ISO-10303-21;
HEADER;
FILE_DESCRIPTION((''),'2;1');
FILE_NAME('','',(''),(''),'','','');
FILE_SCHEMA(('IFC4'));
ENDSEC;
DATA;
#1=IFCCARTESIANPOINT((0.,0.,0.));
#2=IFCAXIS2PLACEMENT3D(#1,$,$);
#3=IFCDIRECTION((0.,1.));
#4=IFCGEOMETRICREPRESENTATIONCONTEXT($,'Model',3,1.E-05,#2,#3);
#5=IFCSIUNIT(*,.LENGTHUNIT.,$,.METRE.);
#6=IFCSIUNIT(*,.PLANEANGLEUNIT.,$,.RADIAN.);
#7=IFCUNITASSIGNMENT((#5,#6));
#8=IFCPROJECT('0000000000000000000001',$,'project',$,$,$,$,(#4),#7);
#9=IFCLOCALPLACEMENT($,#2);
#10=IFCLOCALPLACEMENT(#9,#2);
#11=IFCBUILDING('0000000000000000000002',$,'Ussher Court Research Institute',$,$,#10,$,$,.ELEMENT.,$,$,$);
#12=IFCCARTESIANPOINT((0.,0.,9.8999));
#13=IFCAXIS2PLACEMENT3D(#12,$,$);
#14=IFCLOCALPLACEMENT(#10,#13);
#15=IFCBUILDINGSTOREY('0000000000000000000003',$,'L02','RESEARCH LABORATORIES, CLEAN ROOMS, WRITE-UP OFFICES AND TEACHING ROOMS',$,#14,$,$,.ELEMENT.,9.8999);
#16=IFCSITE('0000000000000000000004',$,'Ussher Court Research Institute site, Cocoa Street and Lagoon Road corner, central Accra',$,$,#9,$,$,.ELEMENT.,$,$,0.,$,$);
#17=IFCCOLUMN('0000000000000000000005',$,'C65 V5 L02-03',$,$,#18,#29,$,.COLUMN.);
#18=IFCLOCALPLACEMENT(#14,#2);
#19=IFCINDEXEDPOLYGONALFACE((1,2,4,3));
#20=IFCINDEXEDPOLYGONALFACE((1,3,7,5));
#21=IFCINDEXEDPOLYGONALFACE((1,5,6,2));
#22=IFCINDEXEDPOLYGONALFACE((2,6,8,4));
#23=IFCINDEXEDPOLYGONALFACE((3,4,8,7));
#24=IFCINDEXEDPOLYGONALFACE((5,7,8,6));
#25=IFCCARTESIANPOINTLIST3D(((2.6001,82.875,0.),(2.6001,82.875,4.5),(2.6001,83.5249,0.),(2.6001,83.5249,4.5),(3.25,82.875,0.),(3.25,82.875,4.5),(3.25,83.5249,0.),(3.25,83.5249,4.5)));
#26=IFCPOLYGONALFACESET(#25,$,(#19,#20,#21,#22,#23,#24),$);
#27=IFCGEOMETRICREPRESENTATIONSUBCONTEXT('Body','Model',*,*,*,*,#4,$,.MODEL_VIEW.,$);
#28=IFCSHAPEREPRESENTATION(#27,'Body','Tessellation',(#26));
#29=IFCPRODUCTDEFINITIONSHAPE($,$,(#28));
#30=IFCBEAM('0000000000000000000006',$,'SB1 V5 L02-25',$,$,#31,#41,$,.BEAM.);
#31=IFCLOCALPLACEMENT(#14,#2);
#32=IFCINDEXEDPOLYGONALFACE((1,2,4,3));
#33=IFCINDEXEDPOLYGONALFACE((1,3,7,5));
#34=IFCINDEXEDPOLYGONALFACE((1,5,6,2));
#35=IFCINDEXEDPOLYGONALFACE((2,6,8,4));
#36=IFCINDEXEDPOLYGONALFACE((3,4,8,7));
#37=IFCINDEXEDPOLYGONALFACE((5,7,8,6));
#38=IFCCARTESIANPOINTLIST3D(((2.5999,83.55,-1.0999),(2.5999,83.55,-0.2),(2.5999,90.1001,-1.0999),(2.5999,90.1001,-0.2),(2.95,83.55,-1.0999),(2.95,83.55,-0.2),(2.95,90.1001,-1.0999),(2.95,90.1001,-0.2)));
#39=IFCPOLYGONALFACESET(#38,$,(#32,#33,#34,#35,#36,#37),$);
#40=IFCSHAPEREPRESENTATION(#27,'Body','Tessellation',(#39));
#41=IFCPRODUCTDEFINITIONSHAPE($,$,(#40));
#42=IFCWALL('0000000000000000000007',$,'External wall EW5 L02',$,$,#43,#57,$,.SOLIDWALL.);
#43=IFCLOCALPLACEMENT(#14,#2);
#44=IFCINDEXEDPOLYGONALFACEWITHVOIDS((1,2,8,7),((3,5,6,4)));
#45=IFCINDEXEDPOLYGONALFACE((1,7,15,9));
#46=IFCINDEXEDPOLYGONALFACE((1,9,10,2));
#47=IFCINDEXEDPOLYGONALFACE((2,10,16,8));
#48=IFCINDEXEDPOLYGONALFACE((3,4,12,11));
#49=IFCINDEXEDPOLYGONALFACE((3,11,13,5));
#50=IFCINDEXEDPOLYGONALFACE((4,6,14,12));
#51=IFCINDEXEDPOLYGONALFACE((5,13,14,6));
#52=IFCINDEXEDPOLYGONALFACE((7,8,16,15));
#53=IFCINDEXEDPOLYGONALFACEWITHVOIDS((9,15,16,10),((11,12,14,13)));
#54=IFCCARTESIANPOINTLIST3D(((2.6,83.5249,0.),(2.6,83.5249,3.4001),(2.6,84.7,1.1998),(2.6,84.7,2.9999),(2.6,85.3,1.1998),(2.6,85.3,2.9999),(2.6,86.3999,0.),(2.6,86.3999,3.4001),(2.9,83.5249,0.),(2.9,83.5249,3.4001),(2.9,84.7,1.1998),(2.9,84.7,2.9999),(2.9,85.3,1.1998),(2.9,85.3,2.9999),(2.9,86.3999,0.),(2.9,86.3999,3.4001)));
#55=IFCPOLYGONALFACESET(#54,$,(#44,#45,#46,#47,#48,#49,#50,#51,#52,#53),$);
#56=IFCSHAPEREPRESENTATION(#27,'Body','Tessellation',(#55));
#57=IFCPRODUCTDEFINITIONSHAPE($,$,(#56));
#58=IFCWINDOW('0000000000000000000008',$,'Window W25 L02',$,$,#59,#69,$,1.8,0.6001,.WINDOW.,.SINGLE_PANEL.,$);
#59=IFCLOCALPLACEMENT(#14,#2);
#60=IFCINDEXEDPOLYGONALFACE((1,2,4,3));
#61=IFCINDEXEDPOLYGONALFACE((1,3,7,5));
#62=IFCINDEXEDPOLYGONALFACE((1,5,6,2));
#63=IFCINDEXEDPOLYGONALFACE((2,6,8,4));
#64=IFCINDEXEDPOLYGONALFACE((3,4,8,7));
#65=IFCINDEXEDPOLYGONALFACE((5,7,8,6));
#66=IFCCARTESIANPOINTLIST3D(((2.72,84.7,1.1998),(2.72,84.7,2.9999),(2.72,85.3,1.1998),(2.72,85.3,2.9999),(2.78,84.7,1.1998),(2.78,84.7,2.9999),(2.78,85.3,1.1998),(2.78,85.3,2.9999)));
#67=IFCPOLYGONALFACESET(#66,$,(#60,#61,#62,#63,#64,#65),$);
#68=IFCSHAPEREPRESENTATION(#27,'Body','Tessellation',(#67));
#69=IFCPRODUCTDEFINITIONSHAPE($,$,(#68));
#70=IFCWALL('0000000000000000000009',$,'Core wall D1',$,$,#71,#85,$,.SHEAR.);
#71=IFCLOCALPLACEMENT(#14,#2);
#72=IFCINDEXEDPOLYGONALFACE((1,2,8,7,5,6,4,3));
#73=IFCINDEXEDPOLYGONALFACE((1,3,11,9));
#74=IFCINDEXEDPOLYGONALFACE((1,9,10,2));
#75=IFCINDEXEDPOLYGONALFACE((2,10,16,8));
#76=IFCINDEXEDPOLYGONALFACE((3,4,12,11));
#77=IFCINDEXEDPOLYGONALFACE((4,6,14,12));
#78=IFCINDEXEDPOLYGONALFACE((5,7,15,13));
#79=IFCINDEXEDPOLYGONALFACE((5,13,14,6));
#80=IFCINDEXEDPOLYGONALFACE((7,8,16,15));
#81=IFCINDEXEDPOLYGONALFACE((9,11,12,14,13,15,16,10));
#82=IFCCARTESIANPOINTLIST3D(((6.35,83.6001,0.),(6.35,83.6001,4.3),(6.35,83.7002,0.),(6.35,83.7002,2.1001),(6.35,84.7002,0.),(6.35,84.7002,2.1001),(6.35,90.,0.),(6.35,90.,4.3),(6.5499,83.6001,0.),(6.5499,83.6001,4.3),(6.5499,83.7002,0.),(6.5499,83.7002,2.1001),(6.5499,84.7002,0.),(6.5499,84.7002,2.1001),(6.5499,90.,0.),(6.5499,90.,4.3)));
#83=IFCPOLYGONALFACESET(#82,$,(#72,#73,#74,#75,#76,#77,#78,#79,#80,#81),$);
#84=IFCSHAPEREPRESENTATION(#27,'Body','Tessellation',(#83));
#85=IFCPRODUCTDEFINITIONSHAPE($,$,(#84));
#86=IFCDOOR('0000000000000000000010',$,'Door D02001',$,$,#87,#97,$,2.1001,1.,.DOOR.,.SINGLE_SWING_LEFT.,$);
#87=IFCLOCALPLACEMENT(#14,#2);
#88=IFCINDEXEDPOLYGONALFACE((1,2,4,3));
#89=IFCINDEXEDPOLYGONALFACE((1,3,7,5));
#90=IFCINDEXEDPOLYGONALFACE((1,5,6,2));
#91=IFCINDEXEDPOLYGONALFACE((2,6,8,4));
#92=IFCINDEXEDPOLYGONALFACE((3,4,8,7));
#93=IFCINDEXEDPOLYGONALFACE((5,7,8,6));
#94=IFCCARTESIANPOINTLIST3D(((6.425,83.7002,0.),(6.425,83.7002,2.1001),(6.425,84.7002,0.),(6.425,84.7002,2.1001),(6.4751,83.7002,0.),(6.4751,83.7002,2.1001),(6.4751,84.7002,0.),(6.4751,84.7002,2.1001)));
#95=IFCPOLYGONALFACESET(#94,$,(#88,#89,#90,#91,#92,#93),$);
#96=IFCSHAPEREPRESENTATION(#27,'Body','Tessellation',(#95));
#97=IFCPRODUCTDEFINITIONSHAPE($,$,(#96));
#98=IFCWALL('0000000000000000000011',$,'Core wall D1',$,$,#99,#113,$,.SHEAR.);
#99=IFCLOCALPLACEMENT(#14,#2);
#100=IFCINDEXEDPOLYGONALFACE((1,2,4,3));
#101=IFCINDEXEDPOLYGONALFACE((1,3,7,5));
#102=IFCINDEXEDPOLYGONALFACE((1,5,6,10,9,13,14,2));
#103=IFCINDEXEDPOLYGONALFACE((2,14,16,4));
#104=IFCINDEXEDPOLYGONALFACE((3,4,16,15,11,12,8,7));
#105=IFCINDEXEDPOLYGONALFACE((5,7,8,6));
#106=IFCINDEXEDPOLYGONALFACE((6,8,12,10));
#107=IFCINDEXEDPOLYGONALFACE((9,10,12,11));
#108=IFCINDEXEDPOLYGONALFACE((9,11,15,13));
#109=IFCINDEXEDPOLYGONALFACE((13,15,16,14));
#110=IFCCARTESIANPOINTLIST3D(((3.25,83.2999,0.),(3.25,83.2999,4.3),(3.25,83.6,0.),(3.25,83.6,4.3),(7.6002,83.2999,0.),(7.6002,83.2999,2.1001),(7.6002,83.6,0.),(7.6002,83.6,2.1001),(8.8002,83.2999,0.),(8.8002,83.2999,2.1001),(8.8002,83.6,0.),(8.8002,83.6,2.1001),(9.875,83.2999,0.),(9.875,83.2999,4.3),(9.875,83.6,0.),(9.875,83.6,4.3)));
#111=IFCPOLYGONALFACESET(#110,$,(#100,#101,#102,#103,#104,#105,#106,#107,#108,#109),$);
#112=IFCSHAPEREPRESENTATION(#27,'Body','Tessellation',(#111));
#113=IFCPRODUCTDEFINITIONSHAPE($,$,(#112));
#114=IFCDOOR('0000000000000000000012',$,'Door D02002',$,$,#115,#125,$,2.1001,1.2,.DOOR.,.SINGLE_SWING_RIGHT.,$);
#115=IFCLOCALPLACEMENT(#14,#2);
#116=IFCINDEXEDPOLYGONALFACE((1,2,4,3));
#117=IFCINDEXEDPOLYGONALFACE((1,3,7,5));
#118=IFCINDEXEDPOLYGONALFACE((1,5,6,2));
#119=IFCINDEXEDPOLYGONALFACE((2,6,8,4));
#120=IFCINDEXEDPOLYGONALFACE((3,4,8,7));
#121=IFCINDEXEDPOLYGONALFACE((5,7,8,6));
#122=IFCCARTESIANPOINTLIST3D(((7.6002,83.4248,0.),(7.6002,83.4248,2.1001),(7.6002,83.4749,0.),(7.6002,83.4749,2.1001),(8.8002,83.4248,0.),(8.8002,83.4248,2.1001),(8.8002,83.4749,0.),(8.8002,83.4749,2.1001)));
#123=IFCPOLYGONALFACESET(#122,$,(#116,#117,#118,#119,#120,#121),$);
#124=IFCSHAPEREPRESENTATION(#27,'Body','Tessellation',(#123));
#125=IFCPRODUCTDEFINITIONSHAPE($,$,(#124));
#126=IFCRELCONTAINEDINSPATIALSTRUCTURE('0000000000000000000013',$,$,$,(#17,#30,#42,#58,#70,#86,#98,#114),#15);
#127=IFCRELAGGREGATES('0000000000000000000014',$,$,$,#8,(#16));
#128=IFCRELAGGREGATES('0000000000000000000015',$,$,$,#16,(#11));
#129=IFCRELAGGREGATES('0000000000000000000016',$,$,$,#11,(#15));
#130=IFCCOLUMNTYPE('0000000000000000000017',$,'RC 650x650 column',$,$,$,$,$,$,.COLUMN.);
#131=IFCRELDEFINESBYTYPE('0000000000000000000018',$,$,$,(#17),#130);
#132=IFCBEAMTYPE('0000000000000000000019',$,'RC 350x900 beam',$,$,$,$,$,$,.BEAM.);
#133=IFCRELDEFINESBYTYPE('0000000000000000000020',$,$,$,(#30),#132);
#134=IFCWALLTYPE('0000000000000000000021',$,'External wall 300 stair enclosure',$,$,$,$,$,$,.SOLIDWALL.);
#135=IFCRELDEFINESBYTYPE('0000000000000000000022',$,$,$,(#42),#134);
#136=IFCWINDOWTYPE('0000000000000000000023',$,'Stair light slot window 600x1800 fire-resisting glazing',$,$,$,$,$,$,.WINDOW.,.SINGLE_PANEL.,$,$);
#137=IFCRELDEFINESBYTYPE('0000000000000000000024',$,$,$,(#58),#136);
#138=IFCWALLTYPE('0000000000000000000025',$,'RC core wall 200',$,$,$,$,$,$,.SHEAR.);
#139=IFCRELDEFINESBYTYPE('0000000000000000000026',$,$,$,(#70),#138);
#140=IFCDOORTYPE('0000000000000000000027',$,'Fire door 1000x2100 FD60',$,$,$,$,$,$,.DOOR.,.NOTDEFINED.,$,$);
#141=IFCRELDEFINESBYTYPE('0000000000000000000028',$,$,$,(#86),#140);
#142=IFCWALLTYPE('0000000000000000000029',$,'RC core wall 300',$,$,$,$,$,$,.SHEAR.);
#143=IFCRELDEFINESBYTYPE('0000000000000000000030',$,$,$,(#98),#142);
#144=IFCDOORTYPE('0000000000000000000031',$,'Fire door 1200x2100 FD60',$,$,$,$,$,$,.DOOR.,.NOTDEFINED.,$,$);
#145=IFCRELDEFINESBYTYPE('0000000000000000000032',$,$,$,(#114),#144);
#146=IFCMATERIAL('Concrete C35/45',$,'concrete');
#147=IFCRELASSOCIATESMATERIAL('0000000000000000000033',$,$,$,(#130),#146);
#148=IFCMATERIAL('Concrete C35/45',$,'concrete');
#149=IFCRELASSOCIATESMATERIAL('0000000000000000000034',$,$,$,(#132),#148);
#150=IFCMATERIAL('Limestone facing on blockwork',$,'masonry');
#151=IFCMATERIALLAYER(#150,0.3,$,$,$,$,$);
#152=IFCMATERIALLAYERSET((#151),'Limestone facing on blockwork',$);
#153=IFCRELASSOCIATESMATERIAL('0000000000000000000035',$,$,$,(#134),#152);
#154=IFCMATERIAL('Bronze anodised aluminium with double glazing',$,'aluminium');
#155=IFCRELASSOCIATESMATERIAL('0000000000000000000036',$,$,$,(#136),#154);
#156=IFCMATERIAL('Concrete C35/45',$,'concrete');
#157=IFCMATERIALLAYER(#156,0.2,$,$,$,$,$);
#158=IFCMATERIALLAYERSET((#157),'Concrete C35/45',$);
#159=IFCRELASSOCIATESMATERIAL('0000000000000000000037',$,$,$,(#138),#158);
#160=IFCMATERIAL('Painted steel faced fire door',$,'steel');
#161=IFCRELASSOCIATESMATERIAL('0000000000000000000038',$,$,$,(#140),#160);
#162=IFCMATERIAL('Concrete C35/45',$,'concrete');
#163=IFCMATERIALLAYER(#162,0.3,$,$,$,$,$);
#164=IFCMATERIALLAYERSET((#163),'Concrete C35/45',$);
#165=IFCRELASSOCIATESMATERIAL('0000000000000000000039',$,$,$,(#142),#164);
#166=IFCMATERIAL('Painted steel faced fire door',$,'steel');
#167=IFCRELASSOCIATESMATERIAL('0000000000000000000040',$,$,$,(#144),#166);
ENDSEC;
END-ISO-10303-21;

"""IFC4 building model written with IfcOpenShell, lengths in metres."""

from ifc_helpers import new_model, si_unit, direction, frame, frame_2d, origin, origin_2d, place, context, subcontext, project, spatial, rectangle, extrude, material, layer, layer_set, material_profile, profile_set, type_object, element, fill, save


model = new_model("IFC4")

# Units and contexts
model_context = context("Model", 3, precision=1e-05, world=origin(), true_north=direction((0.0, 1.0)))
body_context = subcontext(model_context, "Body", "Model", "MODEL_VIEW")
ifc_project = project(units=[si_unit("LENGTHUNIT", "METRE"), si_unit("PLANEANGLEUNIT", "RADIAN")], contexts=[model_context])

# Site, building, storey
site_placement = place(None, origin())
site = spatial("IfcSite", under=ifc_project, at=site_placement, Name="Ussher Court Research Institute site, Cocoa Street and Lagoon Road corner, central Accra", CompositionType="ELEMENT", RefElevation=0.0)
building_placement = place(site_placement, origin())
building = spatial("IfcBuilding", under=site, at=building_placement, Name="Ussher Court Research Institute", CompositionType="ELEMENT")
storey_placement = place(building_placement, frame((0.0, 0.0, 9.8999)))
storey = spatial("IfcBuildingStorey", under=building, at=storey_placement, Name="L02", Description="RESEARCH LABORATORIES, CLEAN ROOMS, WRITE-UP OFFICES AND TEACHING ROOMS", CompositionType="ELEMENT", Elevation=9.8999)

# Column
ifc_material_1 = material(Name="Concrete C35/45", Category="concrete")
ifc_material_profile_1 = material_profile(ifc_material_1, rectangle(XDim=0.6499, YDim=0.6499, at=origin_2d()), Name="RC 650x650")
ifc_profile_set_1 = profile_set([ifc_material_profile_1], Name="Concrete C35/45")
column_type = type_object("IfcColumnType", Name="RC 650x650 column", PredefinedType="COLUMN", material=ifc_profile_set_1)
column_placement = place(storey_placement, frame((2.925, 83.2, 0.0), z_axis=(0.0, 0.0, 1.0), x_axis=(1.0, 0.0, 0.0)))
element("IfcColumn", 1, at=column_placement, inside=storey, type_object=column_type, Name="C65 V5 L02-03", PredefinedType="COLUMN", context=body_context, shape_type="SweptSolid", body=[
    extrude(rectangle(XDim=0.6499, YDim=0.6499, at=origin_2d()), origin(), (0.0, 0.0, 1.0), 4.5),
])

# Beam
ifc_material_2 = material(Name="Concrete C35/45", Category="concrete")
ifc_material_profile_2 = material_profile(ifc_material_2, rectangle(XDim=0.3501, YDim=0.8999, at=origin_2d()), Name="RC 350x900")
ifc_profile_set_2 = profile_set([ifc_material_profile_2], Name="Concrete C35/45")
beam_type = type_object("IfcBeamType", Name="RC 350x900 beam", PredefinedType="BEAM", material=ifc_profile_set_2)
beam_placement = place(storey_placement, frame((2.7749, 83.55, -0.6499), z_axis=(0.0, 1.0, 0.0), x_axis=(-1.0, 0.0, 0.0)))
element("IfcBeam", 2, at=beam_placement, inside=storey, type_object=beam_type, Name="SB1 V5 L02-25", PredefinedType="BEAM", context=body_context, shape_type="SweptSolid", body=[
    extrude(rectangle(XDim=0.3501, YDim=0.8999, at=origin_2d()), origin(), (0.0, 0.0, 1.0), 6.55),
])

# Wall, opening, window
ifc_material_3 = material(Name="Limestone facing on blockwork", Category="masonry")
ifc_layer_1 = layer(ifc_material_3, 0.3)
ifc_layer_set_1 = layer_set([ifc_layer_1], Name="Limestone facing on blockwork")
wall_type_1 = type_object("IfcWallType", Name="External wall 300 stair enclosure", PredefinedType="SOLIDWALL", material=ifc_layer_set_1)
wall_1_placement = place(storey_placement, frame((2.75, 83.5249, 0.0), z_axis=(0.0, 0.0, 1.0), x_axis=(0.0, 1.0, 0.0)))
wall_1 = element("IfcWall", 3, at=wall_1_placement, inside=storey, type_object=wall_type_1, Name="External wall EW5 L02", PredefinedType="SOLIDWALL", context=body_context, shape_type="SweptSolid", body=[
    extrude(rectangle(XDim=2.875, YDim=0.3, at=frame_2d((1.4375, 0.0))), origin(), (0.0, 0.0, 1.0), 3.4001),
])
opening_1_placement = place(wall_1_placement, frame((1.175, 0.0, 1.2)))
opening_1 = element("IfcOpeningElement", 4, at=opening_1_placement, cuts=wall_1, PredefinedType="OPENING", context=body_context, shape_type="SweptSolid", body=[
    extrude(rectangle(XDim=0.6001, YDim=1.8, at=frame_2d((0.3, 0.8999))), frame((0.0, 0.1602, 0.0), z_axis=(0.0, -1.0, 0.0), x_axis=(1.0, 0.0, 0.0)), (0.0, 0.0, 1.0), 0.3201),
])
ifc_material_4 = material(Name="Bronze anodised aluminium with double glazing", Category="aluminium")
window_type = type_object("IfcWindowType", Name="Stair light slot window 600x1800 fire-resisting glazing", PartitioningType="SINGLE_PANEL", PredefinedType="WINDOW", material=ifc_material_4)
window_1_placement = place(opening_1_placement, origin())
window_1 = element("IfcWindow", 5, at=window_1_placement, inside=storey, type_object=window_type, Name="Window W25 L02", OverallHeight=1.8, OverallWidth=0.6001, PartitioningType="SINGLE_PANEL", PredefinedType="WINDOW", context=body_context, shape_type="SweptSolid", body=[
    extrude(rectangle(XDim=0.6001, YDim=1.8, at=frame_2d((0.3, 0.8999))), frame((0.0, 0.03, 0.0), z_axis=(0.0, -1.0, 0.0), x_axis=(1.0, 0.0, 0.0)), (0.0, 0.0, 1.0), 0.0601),
])
fill(opening_1, window_1)

# Walls, openings, doors
ifc_material_5 = material(Name="Concrete C35/45", Category="concrete")
ifc_layer_2 = layer(ifc_material_5, 0.2)
ifc_layer_set_2 = layer_set([ifc_layer_2], Name="Concrete C35/45")
wall_type_2 = type_object("IfcWallType", Name="RC core wall 200", PredefinedType="SHEAR", material=ifc_layer_set_2)
wall_2_placement = place(storey_placement, frame((6.45, 83.6001, 0.0), z_axis=(0.0, 0.0, 1.0), x_axis=(0.0, 1.0, 0.0)))
wall_2 = element("IfcWall", 6, at=wall_2_placement, inside=storey, type_object=wall_type_2, Name="Core wall D1", PredefinedType="SHEAR", context=body_context, shape_type="SweptSolid", body=[
    extrude(rectangle(XDim=6.3999, YDim=0.2, at=frame_2d((3.2, 0.0))), origin(), (0.0, 0.0, 1.0), 4.3),
])
opening_2_placement = place(wall_2_placement, frame((0.1001, 0.0, 0.0)))
opening_2 = element("IfcOpeningElement", 7, at=opening_2_placement, cuts=wall_2, PredefinedType="OPENING", context=body_context, shape_type="SweptSolid", body=[
    extrude(rectangle(XDim=1.0, YDim=2.1001, at=frame_2d((0.5, 1.05))), frame((0.0, 0.1099, 0.0), z_axis=(0.0, -1.0, 0.0), x_axis=(1.0, 0.0, 0.0)), (0.0, 0.0, 1.0), 0.22),
])
ifc_material_6 = material(Name="Painted steel faced fire door", Category="steel")
door_type_1 = type_object("IfcDoorType", Name="Fire door 1000x2100 FD60", OperationType="NOTDEFINED", PredefinedType="DOOR", material=ifc_material_6)
door_1_placement = place(opening_2_placement, origin())
door_1 = element("IfcDoor", 8, at=door_1_placement, inside=storey, type_object=door_type_1, Name="Door D02001", OperationType="SINGLE_SWING_LEFT", OverallHeight=2.1001, OverallWidth=1.0, PredefinedType="DOOR", context=body_context, shape_type="SweptSolid", body=[
    extrude(rectangle(XDim=1.0, YDim=2.1001, at=frame_2d((0.5, 1.05))), frame((0.0, 0.0249, 0.0), z_axis=(0.0, -1.0, 0.0), x_axis=(1.0, 0.0, 0.0)), (0.0, 0.0, 1.0), 0.05),
])
fill(opening_2, door_1)
ifc_material_7 = material(Name="Concrete C35/45", Category="concrete")
ifc_layer_3 = layer(ifc_material_7, 0.3)
ifc_layer_set_3 = layer_set([ifc_layer_3], Name="Concrete C35/45")
wall_type_3 = type_object("IfcWallType", Name="RC core wall 300", PredefinedType="SHEAR", material=ifc_layer_set_3)
wall_3_placement = place(storey_placement, frame((3.25, 83.45, 0.0), z_axis=(0.0, 0.0, 1.0), x_axis=(1.0, 0.0, 0.0)))
wall_3 = element("IfcWall", 9, at=wall_3_placement, inside=storey, type_object=wall_type_3, Name="Core wall D1", PredefinedType="SHEAR", context=body_context, shape_type="SweptSolid", body=[
    extrude(rectangle(XDim=6.625, YDim=0.3, at=frame_2d((3.3125, 0.0))), origin(), (0.0, 0.0, 1.0), 4.3),
])
opening_3_placement = place(wall_3_placement, frame((4.3501, 0.0, 0.0)))
opening_3 = element("IfcOpeningElement", 10, at=opening_3_placement, cuts=wall_3, PredefinedType="OPENING", context=body_context, shape_type="SweptSolid", body=[
    extrude(rectangle(XDim=1.2, YDim=2.1001, at=frame_2d((0.6001, 1.05))), frame((0.0, 0.1602, 0.0), z_axis=(0.0, -1.0, 0.0), x_axis=(1.0, 0.0, 0.0)), (0.0, 0.0, 1.0), 0.3201),
])
ifc_material_8 = material(Name="Painted steel faced fire door", Category="steel")
door_type_2 = type_object("IfcDoorType", Name="Fire door 1200x2100 FD60", OperationType="NOTDEFINED", PredefinedType="DOOR", material=ifc_material_8)
door_2_placement = place(opening_3_placement, origin())
door_2 = element("IfcDoor", 11, at=door_2_placement, inside=storey, type_object=door_type_2, Name="Door D02002", OperationType="SINGLE_SWING_RIGHT", OverallHeight=2.1001, OverallWidth=1.2, PredefinedType="DOOR", context=body_context, shape_type="SweptSolid", body=[
    extrude(rectangle(XDim=1.2, YDim=2.1001, at=frame_2d((0.6001, 1.05))), frame((0.0, 0.0249, 0.0), z_axis=(0.0, -1.0, 0.0), x_axis=(1.0, 0.0, 0.0)), (0.0, 0.0, 1.0), 0.05),
])
fill(opening_3, door_2)

save(model, "model.ifc")
